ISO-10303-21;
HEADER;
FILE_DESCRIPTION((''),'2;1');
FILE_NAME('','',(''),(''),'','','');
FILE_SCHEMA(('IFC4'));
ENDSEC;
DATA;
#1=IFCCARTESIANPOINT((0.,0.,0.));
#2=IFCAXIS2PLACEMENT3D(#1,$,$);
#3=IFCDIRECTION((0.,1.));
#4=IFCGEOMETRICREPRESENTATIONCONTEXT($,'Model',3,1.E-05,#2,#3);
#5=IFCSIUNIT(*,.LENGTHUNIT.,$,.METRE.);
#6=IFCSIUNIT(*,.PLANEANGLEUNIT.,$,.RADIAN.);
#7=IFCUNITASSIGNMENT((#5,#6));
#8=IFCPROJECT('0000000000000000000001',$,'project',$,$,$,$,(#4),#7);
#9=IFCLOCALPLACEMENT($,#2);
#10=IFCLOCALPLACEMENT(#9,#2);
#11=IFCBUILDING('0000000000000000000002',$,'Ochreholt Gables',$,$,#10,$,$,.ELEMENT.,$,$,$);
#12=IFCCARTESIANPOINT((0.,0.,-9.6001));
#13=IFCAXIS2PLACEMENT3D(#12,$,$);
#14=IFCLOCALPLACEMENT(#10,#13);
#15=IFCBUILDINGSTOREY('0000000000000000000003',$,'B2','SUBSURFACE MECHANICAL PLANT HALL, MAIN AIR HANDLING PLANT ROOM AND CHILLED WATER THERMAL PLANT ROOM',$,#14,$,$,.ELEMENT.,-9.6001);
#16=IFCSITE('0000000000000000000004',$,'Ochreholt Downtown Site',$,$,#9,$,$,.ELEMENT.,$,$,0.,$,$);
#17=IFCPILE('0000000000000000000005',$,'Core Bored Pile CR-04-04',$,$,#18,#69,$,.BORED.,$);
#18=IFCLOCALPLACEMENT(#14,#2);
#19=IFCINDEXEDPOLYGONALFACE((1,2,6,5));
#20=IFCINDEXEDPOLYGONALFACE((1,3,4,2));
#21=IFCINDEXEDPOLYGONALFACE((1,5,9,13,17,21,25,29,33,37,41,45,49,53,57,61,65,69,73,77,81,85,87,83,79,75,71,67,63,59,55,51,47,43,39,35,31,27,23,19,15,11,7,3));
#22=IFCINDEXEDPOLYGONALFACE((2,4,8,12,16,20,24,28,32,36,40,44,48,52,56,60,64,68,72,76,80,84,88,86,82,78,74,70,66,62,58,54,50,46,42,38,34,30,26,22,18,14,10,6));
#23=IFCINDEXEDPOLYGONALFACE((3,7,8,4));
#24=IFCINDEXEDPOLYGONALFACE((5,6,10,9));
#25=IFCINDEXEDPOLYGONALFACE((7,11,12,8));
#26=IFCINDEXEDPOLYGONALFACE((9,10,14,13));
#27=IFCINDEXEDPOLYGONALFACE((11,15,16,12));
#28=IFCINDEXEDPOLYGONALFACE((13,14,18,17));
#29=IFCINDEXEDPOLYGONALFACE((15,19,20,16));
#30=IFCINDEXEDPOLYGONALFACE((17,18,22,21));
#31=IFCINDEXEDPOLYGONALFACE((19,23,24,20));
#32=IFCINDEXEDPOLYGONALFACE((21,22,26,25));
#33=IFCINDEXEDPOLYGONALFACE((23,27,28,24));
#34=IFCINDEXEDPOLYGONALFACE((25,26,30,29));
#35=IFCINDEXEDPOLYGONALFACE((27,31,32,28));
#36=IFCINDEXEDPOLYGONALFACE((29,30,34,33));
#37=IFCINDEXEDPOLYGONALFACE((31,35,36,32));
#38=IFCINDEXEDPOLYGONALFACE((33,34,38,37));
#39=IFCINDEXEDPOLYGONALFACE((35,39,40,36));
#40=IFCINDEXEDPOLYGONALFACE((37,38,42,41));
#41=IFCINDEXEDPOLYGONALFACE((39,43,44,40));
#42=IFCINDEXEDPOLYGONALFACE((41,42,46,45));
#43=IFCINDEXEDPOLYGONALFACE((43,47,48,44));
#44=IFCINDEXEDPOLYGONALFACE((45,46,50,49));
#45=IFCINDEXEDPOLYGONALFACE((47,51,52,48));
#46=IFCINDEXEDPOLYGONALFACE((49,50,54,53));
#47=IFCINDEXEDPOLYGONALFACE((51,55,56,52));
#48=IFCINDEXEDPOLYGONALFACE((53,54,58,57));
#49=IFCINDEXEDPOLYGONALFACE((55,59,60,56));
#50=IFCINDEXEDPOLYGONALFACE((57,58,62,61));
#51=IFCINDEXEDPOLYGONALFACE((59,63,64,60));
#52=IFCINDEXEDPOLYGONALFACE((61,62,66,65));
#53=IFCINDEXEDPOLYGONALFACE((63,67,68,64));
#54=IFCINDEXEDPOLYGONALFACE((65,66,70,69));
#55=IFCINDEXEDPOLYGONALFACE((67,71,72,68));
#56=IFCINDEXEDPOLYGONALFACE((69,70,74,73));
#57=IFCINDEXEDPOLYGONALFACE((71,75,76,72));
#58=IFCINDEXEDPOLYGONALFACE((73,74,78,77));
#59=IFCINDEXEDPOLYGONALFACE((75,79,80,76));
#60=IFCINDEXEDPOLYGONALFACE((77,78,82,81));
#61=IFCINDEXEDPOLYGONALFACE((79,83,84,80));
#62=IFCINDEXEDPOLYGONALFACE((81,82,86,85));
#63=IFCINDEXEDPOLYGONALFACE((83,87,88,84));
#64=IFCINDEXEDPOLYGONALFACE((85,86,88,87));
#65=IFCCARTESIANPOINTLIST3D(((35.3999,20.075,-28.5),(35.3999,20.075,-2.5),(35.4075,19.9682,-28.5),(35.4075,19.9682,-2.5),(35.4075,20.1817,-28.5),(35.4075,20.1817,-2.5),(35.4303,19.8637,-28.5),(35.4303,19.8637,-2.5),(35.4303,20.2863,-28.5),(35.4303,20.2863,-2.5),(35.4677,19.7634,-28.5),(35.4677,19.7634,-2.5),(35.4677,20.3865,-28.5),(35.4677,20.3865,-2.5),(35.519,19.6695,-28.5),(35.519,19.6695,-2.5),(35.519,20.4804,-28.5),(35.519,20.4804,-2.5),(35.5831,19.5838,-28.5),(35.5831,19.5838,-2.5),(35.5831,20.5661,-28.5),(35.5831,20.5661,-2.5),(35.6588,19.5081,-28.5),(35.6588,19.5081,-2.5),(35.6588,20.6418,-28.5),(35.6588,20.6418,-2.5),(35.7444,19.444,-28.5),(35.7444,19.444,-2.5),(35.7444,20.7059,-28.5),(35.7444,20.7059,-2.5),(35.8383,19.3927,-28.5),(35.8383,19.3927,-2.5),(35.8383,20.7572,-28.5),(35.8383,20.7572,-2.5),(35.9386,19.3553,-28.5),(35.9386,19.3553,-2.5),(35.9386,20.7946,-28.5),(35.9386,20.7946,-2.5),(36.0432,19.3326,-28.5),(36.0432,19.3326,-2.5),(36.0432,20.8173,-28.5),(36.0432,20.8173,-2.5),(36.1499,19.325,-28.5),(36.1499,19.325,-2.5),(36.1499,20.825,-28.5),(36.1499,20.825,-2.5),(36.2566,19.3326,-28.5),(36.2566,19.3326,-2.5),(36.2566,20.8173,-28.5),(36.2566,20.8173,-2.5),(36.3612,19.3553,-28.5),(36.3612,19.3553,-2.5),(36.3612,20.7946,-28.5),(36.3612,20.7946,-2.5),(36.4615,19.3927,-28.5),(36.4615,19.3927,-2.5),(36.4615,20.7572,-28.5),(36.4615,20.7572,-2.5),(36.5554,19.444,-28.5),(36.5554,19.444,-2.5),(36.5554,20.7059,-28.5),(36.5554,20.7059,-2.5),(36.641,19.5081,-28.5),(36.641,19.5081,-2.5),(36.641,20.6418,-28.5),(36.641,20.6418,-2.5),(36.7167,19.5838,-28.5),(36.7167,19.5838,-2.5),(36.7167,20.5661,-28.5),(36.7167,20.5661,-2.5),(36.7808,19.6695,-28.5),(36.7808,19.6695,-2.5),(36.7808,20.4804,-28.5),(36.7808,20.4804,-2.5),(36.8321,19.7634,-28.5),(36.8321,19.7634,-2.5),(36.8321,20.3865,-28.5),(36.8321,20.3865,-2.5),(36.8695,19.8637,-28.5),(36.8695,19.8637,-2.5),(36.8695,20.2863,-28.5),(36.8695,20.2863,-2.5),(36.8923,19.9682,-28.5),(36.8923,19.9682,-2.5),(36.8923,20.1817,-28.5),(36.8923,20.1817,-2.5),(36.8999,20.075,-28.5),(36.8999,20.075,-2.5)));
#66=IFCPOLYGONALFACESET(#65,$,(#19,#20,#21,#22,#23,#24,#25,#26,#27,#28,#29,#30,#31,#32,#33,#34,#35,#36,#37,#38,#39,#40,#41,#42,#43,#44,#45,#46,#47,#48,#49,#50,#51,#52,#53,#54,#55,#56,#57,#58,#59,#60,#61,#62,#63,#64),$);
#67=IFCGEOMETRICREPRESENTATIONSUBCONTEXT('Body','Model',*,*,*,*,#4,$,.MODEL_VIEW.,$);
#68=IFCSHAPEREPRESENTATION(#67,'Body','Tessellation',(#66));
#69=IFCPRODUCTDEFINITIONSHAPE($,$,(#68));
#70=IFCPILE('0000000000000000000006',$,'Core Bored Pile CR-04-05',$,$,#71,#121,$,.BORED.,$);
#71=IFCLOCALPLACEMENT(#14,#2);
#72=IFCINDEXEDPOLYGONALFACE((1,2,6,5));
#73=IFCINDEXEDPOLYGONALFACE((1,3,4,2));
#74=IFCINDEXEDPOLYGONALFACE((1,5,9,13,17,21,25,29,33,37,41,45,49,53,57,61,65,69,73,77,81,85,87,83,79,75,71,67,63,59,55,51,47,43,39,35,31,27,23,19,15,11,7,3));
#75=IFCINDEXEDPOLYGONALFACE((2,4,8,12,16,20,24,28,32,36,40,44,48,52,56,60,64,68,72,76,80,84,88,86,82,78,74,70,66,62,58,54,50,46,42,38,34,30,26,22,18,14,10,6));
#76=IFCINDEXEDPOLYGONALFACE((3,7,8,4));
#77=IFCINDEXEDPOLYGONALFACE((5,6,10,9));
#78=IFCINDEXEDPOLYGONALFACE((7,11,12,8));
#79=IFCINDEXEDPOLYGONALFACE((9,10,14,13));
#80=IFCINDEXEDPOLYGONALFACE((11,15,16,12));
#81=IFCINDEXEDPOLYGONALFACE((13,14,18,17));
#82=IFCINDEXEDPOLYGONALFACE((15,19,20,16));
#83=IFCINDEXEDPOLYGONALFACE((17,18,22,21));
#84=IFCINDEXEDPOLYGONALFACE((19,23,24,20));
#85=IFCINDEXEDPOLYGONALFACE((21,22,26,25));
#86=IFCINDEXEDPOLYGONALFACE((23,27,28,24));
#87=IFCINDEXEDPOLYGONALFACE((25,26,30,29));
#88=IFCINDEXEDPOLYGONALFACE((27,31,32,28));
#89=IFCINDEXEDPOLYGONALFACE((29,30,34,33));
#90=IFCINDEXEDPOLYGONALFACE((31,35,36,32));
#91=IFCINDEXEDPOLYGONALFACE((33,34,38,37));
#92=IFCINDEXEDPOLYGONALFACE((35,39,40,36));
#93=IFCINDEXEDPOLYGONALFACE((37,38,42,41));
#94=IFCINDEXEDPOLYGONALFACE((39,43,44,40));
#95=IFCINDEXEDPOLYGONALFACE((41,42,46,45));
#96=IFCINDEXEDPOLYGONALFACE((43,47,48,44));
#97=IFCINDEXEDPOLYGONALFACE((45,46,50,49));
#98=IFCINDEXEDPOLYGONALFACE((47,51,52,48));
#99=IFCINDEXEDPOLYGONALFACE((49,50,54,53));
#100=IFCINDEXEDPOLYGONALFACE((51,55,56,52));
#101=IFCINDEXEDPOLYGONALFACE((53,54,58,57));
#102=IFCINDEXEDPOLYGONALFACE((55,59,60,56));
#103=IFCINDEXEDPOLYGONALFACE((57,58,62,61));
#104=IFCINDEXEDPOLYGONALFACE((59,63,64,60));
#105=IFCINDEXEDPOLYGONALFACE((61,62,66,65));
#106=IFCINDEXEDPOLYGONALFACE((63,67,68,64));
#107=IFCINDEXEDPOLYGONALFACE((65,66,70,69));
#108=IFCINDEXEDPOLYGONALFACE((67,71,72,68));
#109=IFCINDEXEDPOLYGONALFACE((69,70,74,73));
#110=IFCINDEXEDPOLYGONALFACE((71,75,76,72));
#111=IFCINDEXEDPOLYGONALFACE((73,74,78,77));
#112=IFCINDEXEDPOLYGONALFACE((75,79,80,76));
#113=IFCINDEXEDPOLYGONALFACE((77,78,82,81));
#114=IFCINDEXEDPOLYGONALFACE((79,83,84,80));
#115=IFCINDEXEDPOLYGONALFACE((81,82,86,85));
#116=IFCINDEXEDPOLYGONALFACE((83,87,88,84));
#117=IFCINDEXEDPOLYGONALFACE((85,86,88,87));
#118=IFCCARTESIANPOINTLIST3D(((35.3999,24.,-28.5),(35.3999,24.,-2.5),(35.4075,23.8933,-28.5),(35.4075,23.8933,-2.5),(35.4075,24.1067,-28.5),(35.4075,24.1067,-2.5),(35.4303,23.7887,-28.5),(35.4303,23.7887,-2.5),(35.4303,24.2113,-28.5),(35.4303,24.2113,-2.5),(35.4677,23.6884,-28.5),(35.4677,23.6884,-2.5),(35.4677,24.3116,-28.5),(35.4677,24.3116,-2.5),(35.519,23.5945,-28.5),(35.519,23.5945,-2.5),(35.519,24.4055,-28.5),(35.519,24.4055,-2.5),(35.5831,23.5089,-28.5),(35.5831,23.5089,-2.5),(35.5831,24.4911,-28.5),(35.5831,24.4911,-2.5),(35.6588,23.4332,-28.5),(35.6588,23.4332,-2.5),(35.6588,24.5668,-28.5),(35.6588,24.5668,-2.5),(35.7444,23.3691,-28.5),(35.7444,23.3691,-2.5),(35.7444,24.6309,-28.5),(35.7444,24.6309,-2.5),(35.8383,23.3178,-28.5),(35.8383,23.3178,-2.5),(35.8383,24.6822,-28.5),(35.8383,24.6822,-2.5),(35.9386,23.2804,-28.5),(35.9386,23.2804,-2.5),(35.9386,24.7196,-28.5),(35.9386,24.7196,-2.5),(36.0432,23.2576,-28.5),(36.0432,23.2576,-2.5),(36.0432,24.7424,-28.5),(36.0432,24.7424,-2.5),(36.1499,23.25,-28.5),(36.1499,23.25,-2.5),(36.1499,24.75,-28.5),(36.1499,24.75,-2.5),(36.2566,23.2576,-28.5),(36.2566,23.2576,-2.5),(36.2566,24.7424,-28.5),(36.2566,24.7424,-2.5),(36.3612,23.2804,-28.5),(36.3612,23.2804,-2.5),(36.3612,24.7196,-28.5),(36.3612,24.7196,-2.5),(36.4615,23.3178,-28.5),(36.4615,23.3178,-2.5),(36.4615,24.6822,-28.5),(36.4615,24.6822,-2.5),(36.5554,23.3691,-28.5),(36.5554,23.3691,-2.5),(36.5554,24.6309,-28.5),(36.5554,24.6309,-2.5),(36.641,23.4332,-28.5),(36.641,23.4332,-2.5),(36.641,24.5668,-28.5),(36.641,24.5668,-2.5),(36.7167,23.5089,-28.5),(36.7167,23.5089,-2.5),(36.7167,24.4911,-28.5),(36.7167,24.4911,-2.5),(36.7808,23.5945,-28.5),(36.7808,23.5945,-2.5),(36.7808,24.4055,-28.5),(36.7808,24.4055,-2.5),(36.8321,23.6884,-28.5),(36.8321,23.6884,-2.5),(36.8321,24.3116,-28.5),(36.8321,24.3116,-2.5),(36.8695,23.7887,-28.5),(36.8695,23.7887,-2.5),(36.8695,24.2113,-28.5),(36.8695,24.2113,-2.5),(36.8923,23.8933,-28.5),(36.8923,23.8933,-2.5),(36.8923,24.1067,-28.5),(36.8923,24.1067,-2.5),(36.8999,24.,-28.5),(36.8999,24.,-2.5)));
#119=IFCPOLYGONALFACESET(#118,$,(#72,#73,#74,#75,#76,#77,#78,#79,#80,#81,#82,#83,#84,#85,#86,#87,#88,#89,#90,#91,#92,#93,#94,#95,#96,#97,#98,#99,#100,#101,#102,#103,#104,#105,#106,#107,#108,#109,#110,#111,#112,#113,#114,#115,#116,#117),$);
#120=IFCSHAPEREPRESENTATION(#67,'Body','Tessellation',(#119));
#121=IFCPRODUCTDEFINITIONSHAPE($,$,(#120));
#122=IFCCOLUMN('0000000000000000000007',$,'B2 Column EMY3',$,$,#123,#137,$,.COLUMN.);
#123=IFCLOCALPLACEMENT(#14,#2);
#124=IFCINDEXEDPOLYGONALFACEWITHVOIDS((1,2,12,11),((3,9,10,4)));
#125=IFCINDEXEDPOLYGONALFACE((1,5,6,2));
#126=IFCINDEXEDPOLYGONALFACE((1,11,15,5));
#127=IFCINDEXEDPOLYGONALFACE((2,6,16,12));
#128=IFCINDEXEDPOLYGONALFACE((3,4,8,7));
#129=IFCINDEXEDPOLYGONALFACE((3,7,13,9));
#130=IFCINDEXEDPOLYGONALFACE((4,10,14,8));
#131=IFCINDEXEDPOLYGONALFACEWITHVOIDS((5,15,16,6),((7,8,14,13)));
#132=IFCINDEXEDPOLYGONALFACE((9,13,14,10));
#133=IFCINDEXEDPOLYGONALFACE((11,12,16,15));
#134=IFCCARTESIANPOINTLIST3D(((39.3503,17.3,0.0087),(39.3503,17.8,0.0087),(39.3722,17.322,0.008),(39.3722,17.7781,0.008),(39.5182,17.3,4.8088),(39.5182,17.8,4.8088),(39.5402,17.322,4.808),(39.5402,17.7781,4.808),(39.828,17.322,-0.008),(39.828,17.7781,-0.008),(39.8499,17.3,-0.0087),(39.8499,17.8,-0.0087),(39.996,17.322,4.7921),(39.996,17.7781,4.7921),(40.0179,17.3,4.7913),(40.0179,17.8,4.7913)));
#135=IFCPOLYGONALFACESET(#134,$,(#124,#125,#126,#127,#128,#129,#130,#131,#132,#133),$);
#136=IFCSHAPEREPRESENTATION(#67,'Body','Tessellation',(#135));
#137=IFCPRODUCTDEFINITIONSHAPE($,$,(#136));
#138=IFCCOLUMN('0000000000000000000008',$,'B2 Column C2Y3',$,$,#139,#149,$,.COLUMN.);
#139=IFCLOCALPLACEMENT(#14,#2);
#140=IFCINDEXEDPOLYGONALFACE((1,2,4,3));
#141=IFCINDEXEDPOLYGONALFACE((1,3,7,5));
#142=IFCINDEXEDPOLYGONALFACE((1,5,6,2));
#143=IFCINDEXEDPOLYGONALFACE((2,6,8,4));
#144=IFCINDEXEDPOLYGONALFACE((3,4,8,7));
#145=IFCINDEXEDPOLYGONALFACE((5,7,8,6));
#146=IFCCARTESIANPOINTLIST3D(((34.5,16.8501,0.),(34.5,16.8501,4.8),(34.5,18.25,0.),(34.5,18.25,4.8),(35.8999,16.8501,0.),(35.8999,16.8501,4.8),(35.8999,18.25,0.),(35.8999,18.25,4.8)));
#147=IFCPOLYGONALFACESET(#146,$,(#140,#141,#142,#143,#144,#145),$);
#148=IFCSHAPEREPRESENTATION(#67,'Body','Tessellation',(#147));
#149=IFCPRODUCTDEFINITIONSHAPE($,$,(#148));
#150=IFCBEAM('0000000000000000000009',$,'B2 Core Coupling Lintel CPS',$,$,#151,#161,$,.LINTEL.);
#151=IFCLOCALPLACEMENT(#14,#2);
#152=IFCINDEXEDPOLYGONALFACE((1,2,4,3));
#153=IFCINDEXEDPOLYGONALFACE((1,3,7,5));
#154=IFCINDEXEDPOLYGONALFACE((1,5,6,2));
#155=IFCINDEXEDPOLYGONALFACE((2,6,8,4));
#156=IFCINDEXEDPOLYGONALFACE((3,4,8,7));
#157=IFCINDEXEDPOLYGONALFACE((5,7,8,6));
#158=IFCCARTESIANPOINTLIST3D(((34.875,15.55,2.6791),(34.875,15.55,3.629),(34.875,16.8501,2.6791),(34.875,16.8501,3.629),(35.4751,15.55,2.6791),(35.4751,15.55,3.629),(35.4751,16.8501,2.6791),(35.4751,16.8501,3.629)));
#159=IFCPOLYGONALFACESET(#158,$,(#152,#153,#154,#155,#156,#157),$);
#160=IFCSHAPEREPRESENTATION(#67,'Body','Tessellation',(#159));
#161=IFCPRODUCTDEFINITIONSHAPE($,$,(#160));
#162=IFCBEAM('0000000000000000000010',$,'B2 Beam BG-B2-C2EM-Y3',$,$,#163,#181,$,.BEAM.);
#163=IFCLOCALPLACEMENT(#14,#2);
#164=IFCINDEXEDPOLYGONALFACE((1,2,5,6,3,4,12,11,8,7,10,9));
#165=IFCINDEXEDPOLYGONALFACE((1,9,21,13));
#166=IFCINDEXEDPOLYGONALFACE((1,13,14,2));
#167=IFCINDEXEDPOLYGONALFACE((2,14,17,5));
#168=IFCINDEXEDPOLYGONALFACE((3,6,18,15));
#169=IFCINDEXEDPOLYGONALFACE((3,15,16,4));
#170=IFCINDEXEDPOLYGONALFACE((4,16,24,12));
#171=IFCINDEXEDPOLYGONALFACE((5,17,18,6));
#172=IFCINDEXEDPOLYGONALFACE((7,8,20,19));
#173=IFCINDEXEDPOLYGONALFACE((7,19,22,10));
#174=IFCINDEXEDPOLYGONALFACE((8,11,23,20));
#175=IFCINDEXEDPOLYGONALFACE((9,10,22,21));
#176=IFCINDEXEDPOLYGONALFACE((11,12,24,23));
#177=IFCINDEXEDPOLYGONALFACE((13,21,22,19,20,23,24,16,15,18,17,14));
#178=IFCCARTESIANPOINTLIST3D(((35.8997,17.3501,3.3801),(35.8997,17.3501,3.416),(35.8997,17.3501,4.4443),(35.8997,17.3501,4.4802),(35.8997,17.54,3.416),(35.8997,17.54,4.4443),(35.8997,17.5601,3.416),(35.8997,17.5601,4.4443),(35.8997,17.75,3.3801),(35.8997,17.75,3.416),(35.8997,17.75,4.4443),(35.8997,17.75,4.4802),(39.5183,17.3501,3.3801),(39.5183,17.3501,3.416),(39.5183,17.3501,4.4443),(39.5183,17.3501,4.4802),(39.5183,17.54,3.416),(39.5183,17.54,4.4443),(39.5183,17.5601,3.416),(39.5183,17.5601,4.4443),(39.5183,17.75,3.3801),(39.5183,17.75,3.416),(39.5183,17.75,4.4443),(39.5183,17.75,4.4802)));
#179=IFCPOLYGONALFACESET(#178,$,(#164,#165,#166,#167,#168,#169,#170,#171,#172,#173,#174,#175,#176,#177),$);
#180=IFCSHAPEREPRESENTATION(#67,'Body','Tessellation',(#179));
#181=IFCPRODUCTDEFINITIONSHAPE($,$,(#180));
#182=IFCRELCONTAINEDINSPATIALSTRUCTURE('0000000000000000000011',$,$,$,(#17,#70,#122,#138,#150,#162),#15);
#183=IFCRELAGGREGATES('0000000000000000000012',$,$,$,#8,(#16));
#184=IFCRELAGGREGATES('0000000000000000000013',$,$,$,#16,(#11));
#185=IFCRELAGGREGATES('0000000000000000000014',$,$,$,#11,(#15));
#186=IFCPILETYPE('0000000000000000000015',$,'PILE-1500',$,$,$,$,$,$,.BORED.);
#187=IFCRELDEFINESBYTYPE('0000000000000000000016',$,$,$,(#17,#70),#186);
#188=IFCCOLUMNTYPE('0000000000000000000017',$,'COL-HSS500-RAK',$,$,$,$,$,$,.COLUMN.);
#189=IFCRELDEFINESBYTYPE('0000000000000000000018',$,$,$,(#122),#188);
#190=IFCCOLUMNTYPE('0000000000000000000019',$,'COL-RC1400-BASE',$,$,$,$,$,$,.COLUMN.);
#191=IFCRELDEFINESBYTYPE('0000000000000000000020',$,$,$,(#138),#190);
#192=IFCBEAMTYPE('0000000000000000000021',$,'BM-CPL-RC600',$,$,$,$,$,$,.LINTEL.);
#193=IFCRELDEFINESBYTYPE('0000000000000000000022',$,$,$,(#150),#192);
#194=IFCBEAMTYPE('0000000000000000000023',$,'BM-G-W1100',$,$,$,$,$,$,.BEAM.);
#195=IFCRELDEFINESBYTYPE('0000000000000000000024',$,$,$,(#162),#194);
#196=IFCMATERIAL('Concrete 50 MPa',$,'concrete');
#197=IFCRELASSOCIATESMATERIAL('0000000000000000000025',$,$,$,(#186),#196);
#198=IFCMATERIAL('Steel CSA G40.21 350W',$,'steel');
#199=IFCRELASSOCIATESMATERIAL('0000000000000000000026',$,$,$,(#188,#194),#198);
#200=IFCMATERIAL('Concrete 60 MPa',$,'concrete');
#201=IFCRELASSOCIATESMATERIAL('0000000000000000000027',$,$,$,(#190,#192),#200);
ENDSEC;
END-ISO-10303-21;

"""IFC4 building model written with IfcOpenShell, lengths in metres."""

from ifc_helpers import new_model, si_unit, direction, frame, origin, origin_2d, place, context, subcontext, project, spatial, rectangle, hollow_rectangle, circle, i_section, extrude, material, material_profile, profile_set, type_object, element, save


model = new_model("IFC4")

# Units and contexts
model_context = context("Model", 3, precision=1e-05, world=origin(), true_north=direction((0.0, 1.0)))
body_context = subcontext(model_context, "Body", "Model", "MODEL_VIEW")
ifc_project = project(units=[si_unit("LENGTHUNIT", "METRE"), si_unit("PLANEANGLEUNIT", "RADIAN")], contexts=[model_context])

# Site, building, storey
site_placement = place(None, origin())
site = spatial("IfcSite", under=ifc_project, at=site_placement, Name="Ochreholt Downtown Site", CompositionType="ELEMENT", RefElevation=0.0)
building_placement = place(site_placement, origin())
building = spatial("IfcBuilding", under=site, at=building_placement, Name="Ochreholt Gables", CompositionType="ELEMENT")
storey_placement = place(building_placement, frame((0.0, 0.0, -9.6001)))
storey = spatial("IfcBuildingStorey", under=building, at=storey_placement, Name="B2", Description="SUBSURFACE MECHANICAL PLANT HALL, MAIN AIR HANDLING PLANT ROOM AND CHILLED WATER THERMAL PLANT ROOM", CompositionType="ELEMENT", Elevation=-9.6001)

# Shared definitions
ifc_material_1 = material(Name="Concrete 50 MPa", Category="concrete")

# Piles
ifc_material_profile_1 = material_profile(ifc_material_1, circle(Radius=0.75, at=origin_2d()), Name="PILE1500")
ifc_profile_set_1 = profile_set([ifc_material_profile_1], Name="Concrete 50 MPa")
pile_type_1 = type_object("IfcPileType", Name="PILE-1500", PredefinedType="BORED", material=ifc_profile_set_1)
for number, where, z_axis, x_axis, name in (
    (1, (36.1499, 20.075, -2.5), (0.0, 0.0, -1.0), (1.0, 0.0, 0.0), "Core Bored Pile CR-04-04"),
    (2, (36.1499, 24.0, -2.5), (0.0, 0.0, -1.0), (1.0, 0.0, 0.0), "Core Bored Pile CR-04-05"),
):
    element("IfcPile", number, at=place(storey_placement, frame(where, z_axis=z_axis, x_axis=x_axis)), inside=storey, type_object=pile_type_1, Name=name, PredefinedType="BORED", context=body_context, shape_type="SweptSolid", body=[
        extrude(circle(Radius=0.75, at=origin_2d()), origin(), (0.0, 0.0, 1.0), 26.0),
    ])

# Columns
ifc_material_2 = material(Name="Steel CSA G40.21 350W", Category="steel")
ifc_material_profile_2 = material_profile(ifc_material_2, hollow_rectangle(XDim=0.5, YDim=0.5, WallThickness=0.022, at=origin_2d()), Name="HSS500X500X22")
ifc_profile_set_2 = profile_set([ifc_material_profile_2], Name="Steel CSA G40.21 350W")
column_type_1 = type_object("IfcColumnType", Name="COL-HSS500-RAK", PredefinedType="COLUMN", material=ifc_profile_set_2)
column_1_placement = place(storey_placement, frame((39.6001, 17.55, 0.0), z_axis=(0.034972, 0.0, 0.999388), x_axis=(0.0, 1.0, 0.0)))
element("IfcColumn", 3, at=column_1_placement, inside=storey, type_object=column_type_1, Name="B2 Column EMY3", PredefinedType="COLUMN", context=body_context, shape_type="SweptSolid", body=[
    extrude(hollow_rectangle(XDim=0.5, YDim=0.5, WallThickness=0.022, at=origin_2d()), origin(), (0.0, 0.0, 1.0), 4.803),
])
ifc_material_3 = material(Name="Concrete 60 MPa", Category="concrete")
ifc_material_profile_3 = material_profile(ifc_material_3, rectangle(XDim=1.3999, YDim=1.3999, at=origin_2d()), Name="RC1400X1400")
ifc_profile_set_3 = profile_set([ifc_material_profile_3], Name="Concrete 60 MPa")
column_type_2 = type_object("IfcColumnType", Name="COL-RC1400-BASE", PredefinedType="COLUMN", material=ifc_profile_set_3)
column_2_placement = place(storey_placement, frame((35.2, 17.55, 0.0), z_axis=(0.0, 0.0, 1.0), x_axis=(1.0, 0.0, 0.0)))
element("IfcColumn", 4, at=column_2_placement, inside=storey, type_object=column_type_2, Name="B2 Column C2Y3", PredefinedType="COLUMN", context=body_context, shape_type="SweptSolid", body=[
    extrude(rectangle(XDim=1.3999, YDim=1.3999, at=origin_2d()), origin(), (0.0, 0.0, 1.0), 4.8),
])

# Beams
ifc_material_profile_4 = material_profile(ifc_material_3, rectangle(XDim=0.6001, YDim=0.95, at=origin_2d()), Name="RCB600X950")
ifc_profile_set_4 = profile_set([ifc_material_profile_4], Name="Concrete 60 MPa")
beam_type_1 = type_object("IfcBeamType", Name="BM-CPL-RC600", PredefinedType="LINTEL", material=ifc_profile_set_4)
beam_1_placement = place(storey_placement, frame((35.175, 15.55, 3.1541), z_axis=(0.0, 1.0, 0.0), x_axis=(-1.0, 0.0, 0.0)))
element("IfcBeam", 5, at=beam_1_placement, inside=storey, type_object=beam_type_1, Name="B2 Core Coupling Lintel CPS", PredefinedType="LINTEL", context=body_context, shape_type="SweptSolid", body=[
    extrude(rectangle(XDim=0.6001, YDim=0.95, at=origin_2d()), origin(), (0.0, 0.0, 1.0), 1.3),
])
ifc_material_profile_5 = material_profile(ifc_material_2, i_section(OverallWidth=0.3999, OverallDepth=1.1001, WebThickness=0.02, FlangeThickness=0.0359, at=origin_2d()), Name="W1100X390")
ifc_profile_set_5 = profile_set([ifc_material_profile_5], Name="Steel CSA G40.21 350W")
beam_type_2 = type_object("IfcBeamType", Name="BM-G-W1100", PredefinedType="BEAM", material=ifc_profile_set_5)
beam_2_placement = place(storey_placement, frame((35.8997, 17.55, 3.9302), z_axis=(1.0, 0.0, 0.0), x_axis=(0.0, 1.0, 0.0)))
element("IfcBeam", 6, at=beam_2_placement, inside=storey, type_object=beam_type_2, Name="B2 Beam BG-B2-C2EM-Y3", PredefinedType="BEAM", context=body_context, shape_type="SweptSolid", body=[
    extrude(i_section(OverallWidth=0.3999, OverallDepth=1.1001, WebThickness=0.02, FlangeThickness=0.0359, at=origin_2d()), origin(), (0.0, 0.0, 1.0), 3.6187),
])

save(model, "model.ifc")
